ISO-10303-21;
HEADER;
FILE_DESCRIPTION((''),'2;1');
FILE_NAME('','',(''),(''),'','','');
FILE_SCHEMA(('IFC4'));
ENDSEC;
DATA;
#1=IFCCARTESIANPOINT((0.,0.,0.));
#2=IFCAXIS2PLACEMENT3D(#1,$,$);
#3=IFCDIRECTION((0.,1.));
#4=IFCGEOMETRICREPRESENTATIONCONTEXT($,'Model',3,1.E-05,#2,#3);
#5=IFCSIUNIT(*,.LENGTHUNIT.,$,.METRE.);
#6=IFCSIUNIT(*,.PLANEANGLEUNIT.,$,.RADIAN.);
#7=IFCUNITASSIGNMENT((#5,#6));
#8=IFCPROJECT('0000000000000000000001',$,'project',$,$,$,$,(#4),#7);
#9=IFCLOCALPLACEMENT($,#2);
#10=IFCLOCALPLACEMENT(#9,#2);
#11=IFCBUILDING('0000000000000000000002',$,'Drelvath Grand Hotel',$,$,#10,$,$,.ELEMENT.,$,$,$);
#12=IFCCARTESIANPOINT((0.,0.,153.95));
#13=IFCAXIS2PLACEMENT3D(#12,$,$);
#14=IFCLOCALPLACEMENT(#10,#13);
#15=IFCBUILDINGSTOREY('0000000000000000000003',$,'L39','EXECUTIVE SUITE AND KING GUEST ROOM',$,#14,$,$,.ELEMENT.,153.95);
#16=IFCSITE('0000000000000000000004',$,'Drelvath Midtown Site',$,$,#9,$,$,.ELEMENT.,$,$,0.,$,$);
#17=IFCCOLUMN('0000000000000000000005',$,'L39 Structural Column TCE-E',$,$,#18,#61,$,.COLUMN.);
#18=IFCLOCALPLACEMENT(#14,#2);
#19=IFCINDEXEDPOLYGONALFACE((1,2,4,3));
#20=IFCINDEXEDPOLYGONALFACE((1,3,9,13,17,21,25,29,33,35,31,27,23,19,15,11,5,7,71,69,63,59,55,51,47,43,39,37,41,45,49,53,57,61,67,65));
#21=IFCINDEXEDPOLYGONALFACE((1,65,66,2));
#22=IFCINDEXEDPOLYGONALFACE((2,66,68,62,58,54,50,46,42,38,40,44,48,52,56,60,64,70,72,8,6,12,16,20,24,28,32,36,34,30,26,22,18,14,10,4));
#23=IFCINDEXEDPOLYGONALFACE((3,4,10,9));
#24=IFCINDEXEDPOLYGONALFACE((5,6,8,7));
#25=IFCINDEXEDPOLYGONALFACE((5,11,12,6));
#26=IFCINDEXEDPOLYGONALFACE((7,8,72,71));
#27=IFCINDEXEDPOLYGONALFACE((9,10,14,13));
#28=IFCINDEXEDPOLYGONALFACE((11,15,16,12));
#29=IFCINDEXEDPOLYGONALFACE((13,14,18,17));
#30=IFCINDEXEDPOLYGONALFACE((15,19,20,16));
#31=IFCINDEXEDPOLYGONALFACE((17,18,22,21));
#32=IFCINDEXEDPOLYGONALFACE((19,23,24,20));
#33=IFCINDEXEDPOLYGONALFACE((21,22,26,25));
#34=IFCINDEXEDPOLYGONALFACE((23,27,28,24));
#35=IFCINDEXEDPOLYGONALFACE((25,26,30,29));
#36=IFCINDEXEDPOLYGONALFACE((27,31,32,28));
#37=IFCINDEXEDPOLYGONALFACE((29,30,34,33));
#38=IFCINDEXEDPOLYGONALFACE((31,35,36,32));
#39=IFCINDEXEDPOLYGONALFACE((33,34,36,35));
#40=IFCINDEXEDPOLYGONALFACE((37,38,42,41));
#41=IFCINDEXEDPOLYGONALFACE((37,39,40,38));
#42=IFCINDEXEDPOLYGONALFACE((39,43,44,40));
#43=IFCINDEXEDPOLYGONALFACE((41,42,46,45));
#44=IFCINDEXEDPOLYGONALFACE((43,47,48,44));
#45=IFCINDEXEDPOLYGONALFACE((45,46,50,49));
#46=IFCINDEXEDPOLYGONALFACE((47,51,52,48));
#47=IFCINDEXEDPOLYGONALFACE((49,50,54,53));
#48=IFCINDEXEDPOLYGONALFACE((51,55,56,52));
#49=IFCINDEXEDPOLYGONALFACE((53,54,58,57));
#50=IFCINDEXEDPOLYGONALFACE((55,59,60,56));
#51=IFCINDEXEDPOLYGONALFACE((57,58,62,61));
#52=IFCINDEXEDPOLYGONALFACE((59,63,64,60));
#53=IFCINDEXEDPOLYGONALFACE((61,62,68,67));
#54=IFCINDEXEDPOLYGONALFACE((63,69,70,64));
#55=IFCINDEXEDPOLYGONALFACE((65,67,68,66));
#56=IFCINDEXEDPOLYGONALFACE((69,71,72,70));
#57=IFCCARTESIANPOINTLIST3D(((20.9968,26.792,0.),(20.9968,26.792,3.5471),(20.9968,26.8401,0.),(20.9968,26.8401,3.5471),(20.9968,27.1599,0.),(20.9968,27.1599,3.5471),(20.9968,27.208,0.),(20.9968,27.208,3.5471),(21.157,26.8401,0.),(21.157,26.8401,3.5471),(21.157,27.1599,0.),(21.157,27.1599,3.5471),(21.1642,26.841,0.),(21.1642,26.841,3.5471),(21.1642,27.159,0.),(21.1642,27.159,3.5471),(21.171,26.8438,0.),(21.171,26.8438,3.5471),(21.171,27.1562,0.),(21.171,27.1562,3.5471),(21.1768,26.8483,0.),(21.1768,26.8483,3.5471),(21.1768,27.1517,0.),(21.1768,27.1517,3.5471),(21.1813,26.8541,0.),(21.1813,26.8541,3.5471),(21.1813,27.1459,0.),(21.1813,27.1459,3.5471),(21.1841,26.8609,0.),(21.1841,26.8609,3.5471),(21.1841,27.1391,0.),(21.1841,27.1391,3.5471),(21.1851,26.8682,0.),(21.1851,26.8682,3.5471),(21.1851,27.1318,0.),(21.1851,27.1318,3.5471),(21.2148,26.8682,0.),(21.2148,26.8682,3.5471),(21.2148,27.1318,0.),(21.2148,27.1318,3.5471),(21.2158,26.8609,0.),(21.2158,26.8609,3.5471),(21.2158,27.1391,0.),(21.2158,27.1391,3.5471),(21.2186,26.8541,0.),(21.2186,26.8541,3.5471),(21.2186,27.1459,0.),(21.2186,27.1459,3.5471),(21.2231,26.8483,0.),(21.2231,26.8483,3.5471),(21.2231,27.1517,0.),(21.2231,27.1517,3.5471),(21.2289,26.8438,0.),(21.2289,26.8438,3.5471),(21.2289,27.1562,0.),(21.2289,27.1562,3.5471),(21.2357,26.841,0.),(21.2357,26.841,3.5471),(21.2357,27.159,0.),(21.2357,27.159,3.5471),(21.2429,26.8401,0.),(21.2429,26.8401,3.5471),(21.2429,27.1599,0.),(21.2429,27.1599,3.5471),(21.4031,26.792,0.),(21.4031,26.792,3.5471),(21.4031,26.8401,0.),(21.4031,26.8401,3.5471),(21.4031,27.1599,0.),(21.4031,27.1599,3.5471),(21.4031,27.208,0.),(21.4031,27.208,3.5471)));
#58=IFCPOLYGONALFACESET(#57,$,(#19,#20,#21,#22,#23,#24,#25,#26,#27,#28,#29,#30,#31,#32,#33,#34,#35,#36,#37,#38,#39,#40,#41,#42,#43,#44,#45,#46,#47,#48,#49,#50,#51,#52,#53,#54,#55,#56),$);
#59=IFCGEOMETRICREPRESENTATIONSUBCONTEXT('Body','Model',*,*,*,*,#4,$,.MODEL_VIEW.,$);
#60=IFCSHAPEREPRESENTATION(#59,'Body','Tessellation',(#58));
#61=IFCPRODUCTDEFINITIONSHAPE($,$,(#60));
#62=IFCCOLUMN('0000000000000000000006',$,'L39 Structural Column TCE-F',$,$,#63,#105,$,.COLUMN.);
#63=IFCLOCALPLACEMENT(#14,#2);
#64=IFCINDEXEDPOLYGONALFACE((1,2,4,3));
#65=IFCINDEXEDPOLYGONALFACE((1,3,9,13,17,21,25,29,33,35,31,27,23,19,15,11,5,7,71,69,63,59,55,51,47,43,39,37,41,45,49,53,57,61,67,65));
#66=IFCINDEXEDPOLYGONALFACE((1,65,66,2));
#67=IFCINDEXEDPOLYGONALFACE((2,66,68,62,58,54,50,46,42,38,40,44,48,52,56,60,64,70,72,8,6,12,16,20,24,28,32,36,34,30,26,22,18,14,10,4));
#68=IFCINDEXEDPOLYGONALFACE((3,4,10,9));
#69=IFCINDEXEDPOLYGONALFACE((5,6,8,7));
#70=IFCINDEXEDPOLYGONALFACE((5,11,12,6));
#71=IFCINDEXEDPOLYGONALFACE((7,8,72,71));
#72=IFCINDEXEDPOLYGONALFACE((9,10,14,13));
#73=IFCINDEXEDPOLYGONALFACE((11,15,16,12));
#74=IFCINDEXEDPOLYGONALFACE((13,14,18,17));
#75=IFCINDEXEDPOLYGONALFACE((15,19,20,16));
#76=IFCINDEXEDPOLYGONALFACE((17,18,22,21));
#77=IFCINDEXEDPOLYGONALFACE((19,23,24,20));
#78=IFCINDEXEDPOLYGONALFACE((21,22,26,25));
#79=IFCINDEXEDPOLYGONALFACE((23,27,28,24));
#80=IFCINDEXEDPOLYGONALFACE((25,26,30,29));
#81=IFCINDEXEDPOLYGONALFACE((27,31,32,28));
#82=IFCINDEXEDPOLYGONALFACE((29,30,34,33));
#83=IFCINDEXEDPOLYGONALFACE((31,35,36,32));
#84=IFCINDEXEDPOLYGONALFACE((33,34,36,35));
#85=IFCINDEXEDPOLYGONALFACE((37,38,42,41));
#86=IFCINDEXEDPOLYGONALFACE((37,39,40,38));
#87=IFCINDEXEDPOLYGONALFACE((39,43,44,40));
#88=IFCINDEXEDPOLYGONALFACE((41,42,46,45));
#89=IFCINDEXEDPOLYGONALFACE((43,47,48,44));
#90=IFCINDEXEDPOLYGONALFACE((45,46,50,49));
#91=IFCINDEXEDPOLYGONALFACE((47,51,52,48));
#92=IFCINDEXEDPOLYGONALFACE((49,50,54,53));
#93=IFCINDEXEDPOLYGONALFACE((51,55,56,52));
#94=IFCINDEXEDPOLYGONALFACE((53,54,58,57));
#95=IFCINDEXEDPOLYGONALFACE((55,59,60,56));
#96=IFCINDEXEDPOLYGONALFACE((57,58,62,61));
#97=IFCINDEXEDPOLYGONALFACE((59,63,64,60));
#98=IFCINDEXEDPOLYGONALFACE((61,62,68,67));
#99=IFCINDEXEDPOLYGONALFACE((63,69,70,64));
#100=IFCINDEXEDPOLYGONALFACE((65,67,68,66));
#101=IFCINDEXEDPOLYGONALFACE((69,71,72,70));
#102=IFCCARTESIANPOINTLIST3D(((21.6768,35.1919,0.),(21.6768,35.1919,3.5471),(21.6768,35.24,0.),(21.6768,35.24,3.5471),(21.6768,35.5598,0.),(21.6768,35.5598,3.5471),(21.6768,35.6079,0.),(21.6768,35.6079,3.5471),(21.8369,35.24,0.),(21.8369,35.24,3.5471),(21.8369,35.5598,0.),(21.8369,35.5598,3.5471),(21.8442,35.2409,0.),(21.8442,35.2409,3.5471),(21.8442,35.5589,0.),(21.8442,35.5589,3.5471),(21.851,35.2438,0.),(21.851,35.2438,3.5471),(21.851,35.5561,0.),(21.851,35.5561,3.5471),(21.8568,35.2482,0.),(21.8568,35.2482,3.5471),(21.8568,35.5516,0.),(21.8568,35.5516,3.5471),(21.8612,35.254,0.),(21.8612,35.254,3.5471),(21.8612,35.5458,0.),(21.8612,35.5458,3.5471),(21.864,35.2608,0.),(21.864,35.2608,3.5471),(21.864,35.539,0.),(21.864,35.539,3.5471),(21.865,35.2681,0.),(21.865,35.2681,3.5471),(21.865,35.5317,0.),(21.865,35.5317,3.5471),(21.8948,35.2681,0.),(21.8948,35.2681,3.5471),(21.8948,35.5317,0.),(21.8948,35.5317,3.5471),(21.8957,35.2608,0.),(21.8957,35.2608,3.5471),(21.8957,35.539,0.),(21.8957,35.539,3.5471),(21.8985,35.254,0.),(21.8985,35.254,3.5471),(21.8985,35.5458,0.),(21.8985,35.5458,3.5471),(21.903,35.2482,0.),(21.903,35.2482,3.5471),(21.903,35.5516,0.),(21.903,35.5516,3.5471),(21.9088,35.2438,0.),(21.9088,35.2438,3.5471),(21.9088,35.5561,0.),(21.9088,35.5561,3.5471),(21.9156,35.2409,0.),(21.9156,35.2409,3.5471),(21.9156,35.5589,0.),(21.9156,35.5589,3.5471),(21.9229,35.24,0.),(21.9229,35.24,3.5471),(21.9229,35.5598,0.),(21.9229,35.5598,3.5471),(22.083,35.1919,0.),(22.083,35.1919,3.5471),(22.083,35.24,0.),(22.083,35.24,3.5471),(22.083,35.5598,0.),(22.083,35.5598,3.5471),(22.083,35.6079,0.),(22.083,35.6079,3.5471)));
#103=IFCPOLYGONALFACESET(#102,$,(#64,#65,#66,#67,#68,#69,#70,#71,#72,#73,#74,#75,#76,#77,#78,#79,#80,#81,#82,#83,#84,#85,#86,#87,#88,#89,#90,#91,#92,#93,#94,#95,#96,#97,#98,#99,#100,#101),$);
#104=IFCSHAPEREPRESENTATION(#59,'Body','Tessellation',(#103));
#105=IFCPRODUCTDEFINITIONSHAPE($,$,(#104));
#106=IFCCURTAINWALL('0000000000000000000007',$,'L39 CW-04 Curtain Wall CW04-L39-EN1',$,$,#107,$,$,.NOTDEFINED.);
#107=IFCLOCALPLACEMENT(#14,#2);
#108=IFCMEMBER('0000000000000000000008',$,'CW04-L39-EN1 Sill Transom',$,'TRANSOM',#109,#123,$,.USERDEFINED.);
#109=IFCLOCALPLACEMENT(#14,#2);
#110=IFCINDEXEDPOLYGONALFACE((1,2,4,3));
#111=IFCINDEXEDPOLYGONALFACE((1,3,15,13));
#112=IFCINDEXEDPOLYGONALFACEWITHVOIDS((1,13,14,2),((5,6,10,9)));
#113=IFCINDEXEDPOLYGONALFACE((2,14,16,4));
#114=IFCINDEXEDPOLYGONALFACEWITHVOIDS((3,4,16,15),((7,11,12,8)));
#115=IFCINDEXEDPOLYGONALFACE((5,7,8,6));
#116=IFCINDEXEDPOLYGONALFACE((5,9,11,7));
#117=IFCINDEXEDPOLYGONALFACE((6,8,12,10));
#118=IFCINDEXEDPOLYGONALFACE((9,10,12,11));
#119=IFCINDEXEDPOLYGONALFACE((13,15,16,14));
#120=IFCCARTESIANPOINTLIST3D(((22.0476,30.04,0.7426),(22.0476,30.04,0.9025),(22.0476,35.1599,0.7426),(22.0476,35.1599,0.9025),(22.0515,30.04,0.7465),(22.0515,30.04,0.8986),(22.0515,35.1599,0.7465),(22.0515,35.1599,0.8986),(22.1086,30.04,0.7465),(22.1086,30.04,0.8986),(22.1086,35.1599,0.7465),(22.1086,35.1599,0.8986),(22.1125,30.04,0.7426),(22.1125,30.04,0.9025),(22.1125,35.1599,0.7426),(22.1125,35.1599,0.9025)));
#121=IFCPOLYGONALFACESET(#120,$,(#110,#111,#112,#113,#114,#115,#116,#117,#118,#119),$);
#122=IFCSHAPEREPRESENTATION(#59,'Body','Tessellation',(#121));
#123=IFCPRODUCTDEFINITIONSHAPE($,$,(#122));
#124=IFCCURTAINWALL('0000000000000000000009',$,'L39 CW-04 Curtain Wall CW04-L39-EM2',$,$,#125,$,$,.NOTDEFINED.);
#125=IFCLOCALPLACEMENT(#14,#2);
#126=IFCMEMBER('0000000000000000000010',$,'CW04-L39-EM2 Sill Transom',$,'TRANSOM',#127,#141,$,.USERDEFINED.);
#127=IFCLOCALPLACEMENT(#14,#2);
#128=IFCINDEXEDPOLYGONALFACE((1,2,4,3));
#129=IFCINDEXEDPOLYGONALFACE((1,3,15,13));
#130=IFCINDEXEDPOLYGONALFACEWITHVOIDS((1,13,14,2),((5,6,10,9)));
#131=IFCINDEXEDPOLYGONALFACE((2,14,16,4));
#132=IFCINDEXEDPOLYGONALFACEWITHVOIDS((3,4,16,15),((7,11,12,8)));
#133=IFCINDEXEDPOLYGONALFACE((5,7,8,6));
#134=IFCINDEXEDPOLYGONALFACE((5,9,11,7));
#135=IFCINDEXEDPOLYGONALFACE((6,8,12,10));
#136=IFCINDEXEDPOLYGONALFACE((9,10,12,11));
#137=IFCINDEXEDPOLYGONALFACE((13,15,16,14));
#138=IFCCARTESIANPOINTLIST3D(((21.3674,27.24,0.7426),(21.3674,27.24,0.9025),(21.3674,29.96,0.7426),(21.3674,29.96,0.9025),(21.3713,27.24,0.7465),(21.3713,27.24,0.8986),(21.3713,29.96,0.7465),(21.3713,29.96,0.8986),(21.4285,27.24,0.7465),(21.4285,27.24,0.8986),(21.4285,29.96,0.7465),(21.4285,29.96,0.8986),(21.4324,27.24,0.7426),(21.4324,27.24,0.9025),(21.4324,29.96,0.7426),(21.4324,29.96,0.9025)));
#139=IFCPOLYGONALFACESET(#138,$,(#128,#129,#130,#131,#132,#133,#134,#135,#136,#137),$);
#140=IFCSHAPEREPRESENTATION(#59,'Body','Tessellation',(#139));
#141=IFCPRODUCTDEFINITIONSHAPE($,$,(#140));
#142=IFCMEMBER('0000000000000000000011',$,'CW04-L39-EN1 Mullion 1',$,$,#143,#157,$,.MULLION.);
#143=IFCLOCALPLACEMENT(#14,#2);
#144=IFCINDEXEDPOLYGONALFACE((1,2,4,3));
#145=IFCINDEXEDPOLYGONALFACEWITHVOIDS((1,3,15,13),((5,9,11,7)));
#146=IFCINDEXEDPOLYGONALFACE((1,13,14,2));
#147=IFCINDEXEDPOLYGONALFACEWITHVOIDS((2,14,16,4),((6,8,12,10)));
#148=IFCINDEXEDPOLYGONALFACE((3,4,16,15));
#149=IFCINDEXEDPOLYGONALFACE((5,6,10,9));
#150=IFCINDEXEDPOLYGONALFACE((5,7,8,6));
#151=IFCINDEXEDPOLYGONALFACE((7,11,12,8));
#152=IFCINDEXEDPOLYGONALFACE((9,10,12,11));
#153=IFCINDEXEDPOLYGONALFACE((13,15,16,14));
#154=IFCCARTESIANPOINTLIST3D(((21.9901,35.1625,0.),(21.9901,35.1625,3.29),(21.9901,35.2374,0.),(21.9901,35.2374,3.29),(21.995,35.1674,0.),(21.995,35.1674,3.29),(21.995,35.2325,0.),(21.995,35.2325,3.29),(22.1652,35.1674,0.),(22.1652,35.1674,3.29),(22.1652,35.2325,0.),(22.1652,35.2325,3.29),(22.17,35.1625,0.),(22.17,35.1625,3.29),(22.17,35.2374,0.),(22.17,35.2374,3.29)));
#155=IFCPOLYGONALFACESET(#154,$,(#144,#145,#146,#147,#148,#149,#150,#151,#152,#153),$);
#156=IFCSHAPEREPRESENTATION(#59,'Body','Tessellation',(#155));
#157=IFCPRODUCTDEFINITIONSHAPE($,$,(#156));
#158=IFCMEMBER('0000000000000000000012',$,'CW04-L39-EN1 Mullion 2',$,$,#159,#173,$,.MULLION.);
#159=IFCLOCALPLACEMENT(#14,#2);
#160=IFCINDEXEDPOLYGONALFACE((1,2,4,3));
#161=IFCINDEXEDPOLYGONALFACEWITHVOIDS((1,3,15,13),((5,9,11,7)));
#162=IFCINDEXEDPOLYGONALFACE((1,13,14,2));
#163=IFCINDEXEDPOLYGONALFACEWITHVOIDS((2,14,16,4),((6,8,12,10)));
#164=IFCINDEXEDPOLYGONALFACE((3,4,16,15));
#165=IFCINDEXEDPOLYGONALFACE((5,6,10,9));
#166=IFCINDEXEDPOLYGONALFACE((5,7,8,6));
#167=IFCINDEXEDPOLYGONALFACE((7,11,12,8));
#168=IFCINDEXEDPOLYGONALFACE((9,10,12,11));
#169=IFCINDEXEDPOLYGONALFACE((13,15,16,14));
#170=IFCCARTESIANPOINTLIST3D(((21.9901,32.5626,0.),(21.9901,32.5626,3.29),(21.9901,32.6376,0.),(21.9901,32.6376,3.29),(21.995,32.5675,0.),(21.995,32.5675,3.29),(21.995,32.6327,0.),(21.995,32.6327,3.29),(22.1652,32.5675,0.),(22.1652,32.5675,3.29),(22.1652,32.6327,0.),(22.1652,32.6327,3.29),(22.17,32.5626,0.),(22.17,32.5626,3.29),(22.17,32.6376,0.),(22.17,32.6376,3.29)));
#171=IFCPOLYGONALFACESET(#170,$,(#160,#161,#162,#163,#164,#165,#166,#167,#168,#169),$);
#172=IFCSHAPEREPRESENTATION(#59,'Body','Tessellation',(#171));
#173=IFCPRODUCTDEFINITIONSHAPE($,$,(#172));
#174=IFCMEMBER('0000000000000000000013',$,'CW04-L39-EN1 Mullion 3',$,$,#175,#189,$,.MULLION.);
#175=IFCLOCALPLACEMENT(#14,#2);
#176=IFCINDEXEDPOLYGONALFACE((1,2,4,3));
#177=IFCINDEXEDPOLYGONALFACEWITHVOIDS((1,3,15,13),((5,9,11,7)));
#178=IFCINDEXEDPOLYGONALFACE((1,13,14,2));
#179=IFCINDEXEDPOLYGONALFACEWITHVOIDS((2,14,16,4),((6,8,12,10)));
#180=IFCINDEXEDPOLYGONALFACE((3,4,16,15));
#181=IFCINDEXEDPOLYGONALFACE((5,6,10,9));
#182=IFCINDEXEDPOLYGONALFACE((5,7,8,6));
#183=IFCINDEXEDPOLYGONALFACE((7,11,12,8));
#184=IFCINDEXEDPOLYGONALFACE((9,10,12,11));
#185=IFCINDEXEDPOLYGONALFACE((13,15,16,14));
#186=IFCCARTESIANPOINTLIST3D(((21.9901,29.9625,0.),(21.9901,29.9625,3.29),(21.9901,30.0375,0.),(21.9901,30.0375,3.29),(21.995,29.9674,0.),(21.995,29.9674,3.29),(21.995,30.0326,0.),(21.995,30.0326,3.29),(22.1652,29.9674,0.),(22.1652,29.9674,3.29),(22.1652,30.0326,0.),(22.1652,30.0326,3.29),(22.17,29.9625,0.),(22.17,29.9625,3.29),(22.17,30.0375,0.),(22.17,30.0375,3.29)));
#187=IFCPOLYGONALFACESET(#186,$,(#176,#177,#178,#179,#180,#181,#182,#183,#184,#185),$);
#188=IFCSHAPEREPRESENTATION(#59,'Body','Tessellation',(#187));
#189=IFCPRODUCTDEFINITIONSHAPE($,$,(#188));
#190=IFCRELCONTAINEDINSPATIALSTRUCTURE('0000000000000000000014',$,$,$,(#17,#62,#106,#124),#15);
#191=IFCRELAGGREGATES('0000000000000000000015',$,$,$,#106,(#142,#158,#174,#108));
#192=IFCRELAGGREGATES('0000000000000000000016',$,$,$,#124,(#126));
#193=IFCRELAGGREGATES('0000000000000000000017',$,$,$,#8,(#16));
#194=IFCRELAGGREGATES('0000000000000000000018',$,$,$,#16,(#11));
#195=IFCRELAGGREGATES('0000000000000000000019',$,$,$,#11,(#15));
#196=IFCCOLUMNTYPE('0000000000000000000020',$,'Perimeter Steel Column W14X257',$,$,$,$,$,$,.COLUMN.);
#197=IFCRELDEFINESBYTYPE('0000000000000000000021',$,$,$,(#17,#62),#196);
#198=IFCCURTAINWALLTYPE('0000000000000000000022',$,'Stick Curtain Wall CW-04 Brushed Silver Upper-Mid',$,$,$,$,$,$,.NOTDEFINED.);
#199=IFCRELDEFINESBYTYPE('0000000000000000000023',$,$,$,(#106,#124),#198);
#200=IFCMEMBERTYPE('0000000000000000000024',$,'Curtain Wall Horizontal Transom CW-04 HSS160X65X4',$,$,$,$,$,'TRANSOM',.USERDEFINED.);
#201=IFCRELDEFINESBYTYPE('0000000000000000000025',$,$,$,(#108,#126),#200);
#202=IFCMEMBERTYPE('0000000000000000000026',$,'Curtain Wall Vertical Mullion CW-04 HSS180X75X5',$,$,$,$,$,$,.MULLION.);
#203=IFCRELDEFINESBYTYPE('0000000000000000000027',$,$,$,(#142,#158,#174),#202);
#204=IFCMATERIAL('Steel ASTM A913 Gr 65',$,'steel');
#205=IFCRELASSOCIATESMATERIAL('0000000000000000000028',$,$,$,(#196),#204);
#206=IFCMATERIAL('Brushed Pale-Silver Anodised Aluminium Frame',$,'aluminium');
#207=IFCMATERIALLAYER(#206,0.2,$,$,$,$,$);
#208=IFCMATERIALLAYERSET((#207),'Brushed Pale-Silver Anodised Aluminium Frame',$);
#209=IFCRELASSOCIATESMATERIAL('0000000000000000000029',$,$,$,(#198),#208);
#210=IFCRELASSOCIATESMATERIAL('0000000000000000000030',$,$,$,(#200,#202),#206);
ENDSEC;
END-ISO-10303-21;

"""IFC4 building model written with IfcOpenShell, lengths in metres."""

from ifc_helpers import new_model, si_unit, direction, frame, origin, origin_2d, place, context, subcontext, project, spatial, hollow_rectangle, i_section, extrude, material, layer, layer_set, material_profile, profile_set, type_object, element, aggregate, save


model = new_model("IFC4")

# Units and contexts
model_context = context("Model", 3, precision=1e-05, world=origin(), true_north=direction((0.0, 1.0)))
body_context = subcontext(model_context, "Body", "Model", "MODEL_VIEW")
ifc_project = project(units=[si_unit("LENGTHUNIT", "METRE"), si_unit("PLANEANGLEUNIT", "RADIAN")], contexts=[model_context])

# Site, building, storey
site_placement = place(None, origin())
site = spatial("IfcSite", under=ifc_project, at=site_placement, Name="Drelvath Midtown Site", CompositionType="ELEMENT", RefElevation=0.0)
building_placement = place(site_placement, origin())
building = spatial("IfcBuilding", under=site, at=building_placement, Name="Drelvath Grand Hotel", CompositionType="ELEMENT")
storey_placement = place(building_placement, frame((0.0, 0.0, 153.95)))
storey = spatial("IfcBuildingStorey", under=building, at=storey_placement, Name="L39", Description="EXECUTIVE SUITE AND KING GUEST ROOM", CompositionType="ELEMENT", Elevation=153.95)

# Columns
ifc_material_1 = material(Name="Steel ASTM A913 Gr 65", Category="steel")
ifc_material_profile_1 = material_profile(ifc_material_1, i_section(OverallWidth=0.4062, OverallDepth=0.416, WebThickness=0.0298, FlangeThickness=0.0481, FilletRadius=0.0281, at=origin_2d()), Name="W14X257")
ifc_profile_set_1 = profile_set([ifc_material_profile_1], Name="Steel ASTM A913 Gr 65")
column_type = type_object("IfcColumnType", Name="Perimeter Steel Column W14X257", PredefinedType="COLUMN", material=ifc_profile_set_1)
for number, where, z_axis, x_axis, name in (
    (1, (21.2, 27.0, 0.0), (0.0, 0.0, 1.0), (1.0, 0.0, 0.0), "L39 Structural Column TCE-E"),
    (2, (21.8799, 35.3999, 0.0), (0.0, 0.0, 1.0), (1.0, 0.0, 0.0), "L39 Structural Column TCE-F"),
):
    element("IfcColumn", number, at=place(storey_placement, frame(where, z_axis=z_axis, x_axis=x_axis)), inside=storey, type_object=column_type, Name=name, PredefinedType="COLUMN", context=body_context, shape_type="SweptSolid", body=[
        extrude(i_section(OverallWidth=0.4062, OverallDepth=0.416, WebThickness=0.0298, FlangeThickness=0.0481, FilletRadius=0.0281, at=origin_2d()), origin(), (0.0, 0.0, 1.0), 3.5471),
    ])

# Curtain walls, members
ifc_material_2 = material(Name="Brushed Pale-Silver Anodised Aluminium Frame", Category="aluminium")
ifc_layer_1 = layer(ifc_material_2, 0.2)
ifc_layer_set_1 = layer_set([ifc_layer_1], Name="Brushed Pale-Silver Anodised Aluminium Frame")
curtain_wall_type = type_object("IfcCurtainWallType", Name="Stick Curtain Wall CW-04 Brushed Silver Upper-Mid", PredefinedType="NOTDEFINED", material=ifc_layer_set_1)
curtain_wall_1_placement = place(storey_placement, origin())
curtain_wall_1 = element("IfcCurtainWall", 3, at=curtain_wall_1_placement, inside=storey, type_object=curtain_wall_type, Name="L39 CW-04 Curtain Wall CW04-L39-EN1", PredefinedType="NOTDEFINED")
ifc_material_profile_2 = material_profile(ifc_material_2, hollow_rectangle(XDim=0.0649, YDim=0.1599, WallThickness=0.0039, at=origin_2d()), Name="HSS160X65X4")
ifc_profile_set_2 = profile_set([ifc_material_profile_2], Name="Brushed Pale-Silver Anodised Aluminium Frame")
member_type_1 = type_object("IfcMemberType", Name="Curtain Wall Horizontal Transom CW-04 HSS160X65X4", ElementType="TRANSOM", PredefinedType="USERDEFINED", material=ifc_profile_set_2)
member_1_placement = place(storey_placement, frame((22.0801, 35.1599, 0.8225), z_axis=(0.0, -1.0, 0.0), x_axis=(1.0, 0.0, 0.0)))
member_1 = element("IfcMember", 4, at=member_1_placement, type_object=member_type_1, Name="CW04-L39-EN1 Sill Transom", ObjectType="TRANSOM", PredefinedType="USERDEFINED", context=body_context, shape_type="SweptSolid", body=[
    extrude(hollow_rectangle(XDim=0.0649, YDim=0.1599, WallThickness=0.0039, at=origin_2d()), origin(), (0.0, 0.0, 1.0), 5.1199),
])
curtain_wall_2_placement = place(storey_placement, origin())
curtain_wall_2 = element("IfcCurtainWall", 5, at=curtain_wall_2_placement, inside=storey, type_object=curtain_wall_type, Name="L39 CW-04 Curtain Wall CW04-L39-EM2", PredefinedType="NOTDEFINED")
member_2_placement = place(storey_placement, frame((21.3999, 29.96, 0.8225), z_axis=(0.0, -1.0, 0.0), x_axis=(1.0, 0.0, 0.0)))
member_2 = element("IfcMember", 6, at=member_2_placement, type_object=member_type_1, Name="CW04-L39-EM2 Sill Transom", ObjectType="TRANSOM", PredefinedType="USERDEFINED", context=body_context, shape_type="SweptSolid", body=[
    extrude(hollow_rectangle(XDim=0.0649, YDim=0.1599, WallThickness=0.0039, at=origin_2d()), origin(), (0.0, 0.0, 1.0), 2.72),
])

# Members
ifc_material_profile_3 = material_profile(ifc_material_2, hollow_rectangle(XDim=0.075, YDim=0.1799, WallThickness=0.0049, at=origin_2d()), Name="HSS180X75X5")
ifc_profile_set_3 = profile_set([ifc_material_profile_3], Name="Brushed Pale-Silver Anodised Aluminium Frame")
member_type_2 = type_object("IfcMemberType", Name="Curtain Wall Vertical Mullion CW-04 HSS180X75X5", PredefinedType="MULLION", material=ifc_profile_set_3)
member_3_placement = place(storey_placement, frame((22.0801, 35.2, 0.0), z_axis=(0.0, 0.0, 1.0), x_axis=(0.0, 1.0, 0.0)))
member_3 = element("IfcMember", 7, at=member_3_placement, type_object=member_type_2, Name="CW04-L39-EN1 Mullion 1", PredefinedType="MULLION", context=body_context, shape_type="SweptSolid", body=[
    extrude(hollow_rectangle(XDim=0.075, YDim=0.1799, WallThickness=0.0049, at=origin_2d()), origin(), (0.0, 0.0, 1.0), 3.29),
])
member_4_placement = place(storey_placement, frame((22.0801, 32.6001, 0.0), z_axis=(0.0, 0.0, 1.0), x_axis=(0.0, 1.0, 0.0)))
member_4 = element("IfcMember", 8, at=member_4_placement, type_object=member_type_2, Name="CW04-L39-EN1 Mullion 2", PredefinedType="MULLION", context=body_context, shape_type="SweptSolid", body=[
    extrude(hollow_rectangle(XDim=0.075, YDim=0.1799, WallThickness=0.0049, at=origin_2d()), origin(), (0.0, 0.0, 1.0), 3.29),
])
member_5_placement = place(storey_placement, frame((22.0801, 30.0, 0.0), z_axis=(0.0, 0.0, 1.0), x_axis=(0.0, 1.0, 0.0)))
member_5 = element("IfcMember", 9, at=member_5_placement, type_object=member_type_2, Name="CW04-L39-EN1 Mullion 3", PredefinedType="MULLION", context=body_context, shape_type="SweptSolid", body=[
    extrude(hollow_rectangle(XDim=0.075, YDim=0.1799, WallThickness=0.0049, at=origin_2d()), origin(), (0.0, 0.0, 1.0), 3.29),
])

aggregate(curtain_wall_1, [member_3, member_4, member_5, member_1])
aggregate(curtain_wall_2, [member_2])

save(model, "model.ifc")
